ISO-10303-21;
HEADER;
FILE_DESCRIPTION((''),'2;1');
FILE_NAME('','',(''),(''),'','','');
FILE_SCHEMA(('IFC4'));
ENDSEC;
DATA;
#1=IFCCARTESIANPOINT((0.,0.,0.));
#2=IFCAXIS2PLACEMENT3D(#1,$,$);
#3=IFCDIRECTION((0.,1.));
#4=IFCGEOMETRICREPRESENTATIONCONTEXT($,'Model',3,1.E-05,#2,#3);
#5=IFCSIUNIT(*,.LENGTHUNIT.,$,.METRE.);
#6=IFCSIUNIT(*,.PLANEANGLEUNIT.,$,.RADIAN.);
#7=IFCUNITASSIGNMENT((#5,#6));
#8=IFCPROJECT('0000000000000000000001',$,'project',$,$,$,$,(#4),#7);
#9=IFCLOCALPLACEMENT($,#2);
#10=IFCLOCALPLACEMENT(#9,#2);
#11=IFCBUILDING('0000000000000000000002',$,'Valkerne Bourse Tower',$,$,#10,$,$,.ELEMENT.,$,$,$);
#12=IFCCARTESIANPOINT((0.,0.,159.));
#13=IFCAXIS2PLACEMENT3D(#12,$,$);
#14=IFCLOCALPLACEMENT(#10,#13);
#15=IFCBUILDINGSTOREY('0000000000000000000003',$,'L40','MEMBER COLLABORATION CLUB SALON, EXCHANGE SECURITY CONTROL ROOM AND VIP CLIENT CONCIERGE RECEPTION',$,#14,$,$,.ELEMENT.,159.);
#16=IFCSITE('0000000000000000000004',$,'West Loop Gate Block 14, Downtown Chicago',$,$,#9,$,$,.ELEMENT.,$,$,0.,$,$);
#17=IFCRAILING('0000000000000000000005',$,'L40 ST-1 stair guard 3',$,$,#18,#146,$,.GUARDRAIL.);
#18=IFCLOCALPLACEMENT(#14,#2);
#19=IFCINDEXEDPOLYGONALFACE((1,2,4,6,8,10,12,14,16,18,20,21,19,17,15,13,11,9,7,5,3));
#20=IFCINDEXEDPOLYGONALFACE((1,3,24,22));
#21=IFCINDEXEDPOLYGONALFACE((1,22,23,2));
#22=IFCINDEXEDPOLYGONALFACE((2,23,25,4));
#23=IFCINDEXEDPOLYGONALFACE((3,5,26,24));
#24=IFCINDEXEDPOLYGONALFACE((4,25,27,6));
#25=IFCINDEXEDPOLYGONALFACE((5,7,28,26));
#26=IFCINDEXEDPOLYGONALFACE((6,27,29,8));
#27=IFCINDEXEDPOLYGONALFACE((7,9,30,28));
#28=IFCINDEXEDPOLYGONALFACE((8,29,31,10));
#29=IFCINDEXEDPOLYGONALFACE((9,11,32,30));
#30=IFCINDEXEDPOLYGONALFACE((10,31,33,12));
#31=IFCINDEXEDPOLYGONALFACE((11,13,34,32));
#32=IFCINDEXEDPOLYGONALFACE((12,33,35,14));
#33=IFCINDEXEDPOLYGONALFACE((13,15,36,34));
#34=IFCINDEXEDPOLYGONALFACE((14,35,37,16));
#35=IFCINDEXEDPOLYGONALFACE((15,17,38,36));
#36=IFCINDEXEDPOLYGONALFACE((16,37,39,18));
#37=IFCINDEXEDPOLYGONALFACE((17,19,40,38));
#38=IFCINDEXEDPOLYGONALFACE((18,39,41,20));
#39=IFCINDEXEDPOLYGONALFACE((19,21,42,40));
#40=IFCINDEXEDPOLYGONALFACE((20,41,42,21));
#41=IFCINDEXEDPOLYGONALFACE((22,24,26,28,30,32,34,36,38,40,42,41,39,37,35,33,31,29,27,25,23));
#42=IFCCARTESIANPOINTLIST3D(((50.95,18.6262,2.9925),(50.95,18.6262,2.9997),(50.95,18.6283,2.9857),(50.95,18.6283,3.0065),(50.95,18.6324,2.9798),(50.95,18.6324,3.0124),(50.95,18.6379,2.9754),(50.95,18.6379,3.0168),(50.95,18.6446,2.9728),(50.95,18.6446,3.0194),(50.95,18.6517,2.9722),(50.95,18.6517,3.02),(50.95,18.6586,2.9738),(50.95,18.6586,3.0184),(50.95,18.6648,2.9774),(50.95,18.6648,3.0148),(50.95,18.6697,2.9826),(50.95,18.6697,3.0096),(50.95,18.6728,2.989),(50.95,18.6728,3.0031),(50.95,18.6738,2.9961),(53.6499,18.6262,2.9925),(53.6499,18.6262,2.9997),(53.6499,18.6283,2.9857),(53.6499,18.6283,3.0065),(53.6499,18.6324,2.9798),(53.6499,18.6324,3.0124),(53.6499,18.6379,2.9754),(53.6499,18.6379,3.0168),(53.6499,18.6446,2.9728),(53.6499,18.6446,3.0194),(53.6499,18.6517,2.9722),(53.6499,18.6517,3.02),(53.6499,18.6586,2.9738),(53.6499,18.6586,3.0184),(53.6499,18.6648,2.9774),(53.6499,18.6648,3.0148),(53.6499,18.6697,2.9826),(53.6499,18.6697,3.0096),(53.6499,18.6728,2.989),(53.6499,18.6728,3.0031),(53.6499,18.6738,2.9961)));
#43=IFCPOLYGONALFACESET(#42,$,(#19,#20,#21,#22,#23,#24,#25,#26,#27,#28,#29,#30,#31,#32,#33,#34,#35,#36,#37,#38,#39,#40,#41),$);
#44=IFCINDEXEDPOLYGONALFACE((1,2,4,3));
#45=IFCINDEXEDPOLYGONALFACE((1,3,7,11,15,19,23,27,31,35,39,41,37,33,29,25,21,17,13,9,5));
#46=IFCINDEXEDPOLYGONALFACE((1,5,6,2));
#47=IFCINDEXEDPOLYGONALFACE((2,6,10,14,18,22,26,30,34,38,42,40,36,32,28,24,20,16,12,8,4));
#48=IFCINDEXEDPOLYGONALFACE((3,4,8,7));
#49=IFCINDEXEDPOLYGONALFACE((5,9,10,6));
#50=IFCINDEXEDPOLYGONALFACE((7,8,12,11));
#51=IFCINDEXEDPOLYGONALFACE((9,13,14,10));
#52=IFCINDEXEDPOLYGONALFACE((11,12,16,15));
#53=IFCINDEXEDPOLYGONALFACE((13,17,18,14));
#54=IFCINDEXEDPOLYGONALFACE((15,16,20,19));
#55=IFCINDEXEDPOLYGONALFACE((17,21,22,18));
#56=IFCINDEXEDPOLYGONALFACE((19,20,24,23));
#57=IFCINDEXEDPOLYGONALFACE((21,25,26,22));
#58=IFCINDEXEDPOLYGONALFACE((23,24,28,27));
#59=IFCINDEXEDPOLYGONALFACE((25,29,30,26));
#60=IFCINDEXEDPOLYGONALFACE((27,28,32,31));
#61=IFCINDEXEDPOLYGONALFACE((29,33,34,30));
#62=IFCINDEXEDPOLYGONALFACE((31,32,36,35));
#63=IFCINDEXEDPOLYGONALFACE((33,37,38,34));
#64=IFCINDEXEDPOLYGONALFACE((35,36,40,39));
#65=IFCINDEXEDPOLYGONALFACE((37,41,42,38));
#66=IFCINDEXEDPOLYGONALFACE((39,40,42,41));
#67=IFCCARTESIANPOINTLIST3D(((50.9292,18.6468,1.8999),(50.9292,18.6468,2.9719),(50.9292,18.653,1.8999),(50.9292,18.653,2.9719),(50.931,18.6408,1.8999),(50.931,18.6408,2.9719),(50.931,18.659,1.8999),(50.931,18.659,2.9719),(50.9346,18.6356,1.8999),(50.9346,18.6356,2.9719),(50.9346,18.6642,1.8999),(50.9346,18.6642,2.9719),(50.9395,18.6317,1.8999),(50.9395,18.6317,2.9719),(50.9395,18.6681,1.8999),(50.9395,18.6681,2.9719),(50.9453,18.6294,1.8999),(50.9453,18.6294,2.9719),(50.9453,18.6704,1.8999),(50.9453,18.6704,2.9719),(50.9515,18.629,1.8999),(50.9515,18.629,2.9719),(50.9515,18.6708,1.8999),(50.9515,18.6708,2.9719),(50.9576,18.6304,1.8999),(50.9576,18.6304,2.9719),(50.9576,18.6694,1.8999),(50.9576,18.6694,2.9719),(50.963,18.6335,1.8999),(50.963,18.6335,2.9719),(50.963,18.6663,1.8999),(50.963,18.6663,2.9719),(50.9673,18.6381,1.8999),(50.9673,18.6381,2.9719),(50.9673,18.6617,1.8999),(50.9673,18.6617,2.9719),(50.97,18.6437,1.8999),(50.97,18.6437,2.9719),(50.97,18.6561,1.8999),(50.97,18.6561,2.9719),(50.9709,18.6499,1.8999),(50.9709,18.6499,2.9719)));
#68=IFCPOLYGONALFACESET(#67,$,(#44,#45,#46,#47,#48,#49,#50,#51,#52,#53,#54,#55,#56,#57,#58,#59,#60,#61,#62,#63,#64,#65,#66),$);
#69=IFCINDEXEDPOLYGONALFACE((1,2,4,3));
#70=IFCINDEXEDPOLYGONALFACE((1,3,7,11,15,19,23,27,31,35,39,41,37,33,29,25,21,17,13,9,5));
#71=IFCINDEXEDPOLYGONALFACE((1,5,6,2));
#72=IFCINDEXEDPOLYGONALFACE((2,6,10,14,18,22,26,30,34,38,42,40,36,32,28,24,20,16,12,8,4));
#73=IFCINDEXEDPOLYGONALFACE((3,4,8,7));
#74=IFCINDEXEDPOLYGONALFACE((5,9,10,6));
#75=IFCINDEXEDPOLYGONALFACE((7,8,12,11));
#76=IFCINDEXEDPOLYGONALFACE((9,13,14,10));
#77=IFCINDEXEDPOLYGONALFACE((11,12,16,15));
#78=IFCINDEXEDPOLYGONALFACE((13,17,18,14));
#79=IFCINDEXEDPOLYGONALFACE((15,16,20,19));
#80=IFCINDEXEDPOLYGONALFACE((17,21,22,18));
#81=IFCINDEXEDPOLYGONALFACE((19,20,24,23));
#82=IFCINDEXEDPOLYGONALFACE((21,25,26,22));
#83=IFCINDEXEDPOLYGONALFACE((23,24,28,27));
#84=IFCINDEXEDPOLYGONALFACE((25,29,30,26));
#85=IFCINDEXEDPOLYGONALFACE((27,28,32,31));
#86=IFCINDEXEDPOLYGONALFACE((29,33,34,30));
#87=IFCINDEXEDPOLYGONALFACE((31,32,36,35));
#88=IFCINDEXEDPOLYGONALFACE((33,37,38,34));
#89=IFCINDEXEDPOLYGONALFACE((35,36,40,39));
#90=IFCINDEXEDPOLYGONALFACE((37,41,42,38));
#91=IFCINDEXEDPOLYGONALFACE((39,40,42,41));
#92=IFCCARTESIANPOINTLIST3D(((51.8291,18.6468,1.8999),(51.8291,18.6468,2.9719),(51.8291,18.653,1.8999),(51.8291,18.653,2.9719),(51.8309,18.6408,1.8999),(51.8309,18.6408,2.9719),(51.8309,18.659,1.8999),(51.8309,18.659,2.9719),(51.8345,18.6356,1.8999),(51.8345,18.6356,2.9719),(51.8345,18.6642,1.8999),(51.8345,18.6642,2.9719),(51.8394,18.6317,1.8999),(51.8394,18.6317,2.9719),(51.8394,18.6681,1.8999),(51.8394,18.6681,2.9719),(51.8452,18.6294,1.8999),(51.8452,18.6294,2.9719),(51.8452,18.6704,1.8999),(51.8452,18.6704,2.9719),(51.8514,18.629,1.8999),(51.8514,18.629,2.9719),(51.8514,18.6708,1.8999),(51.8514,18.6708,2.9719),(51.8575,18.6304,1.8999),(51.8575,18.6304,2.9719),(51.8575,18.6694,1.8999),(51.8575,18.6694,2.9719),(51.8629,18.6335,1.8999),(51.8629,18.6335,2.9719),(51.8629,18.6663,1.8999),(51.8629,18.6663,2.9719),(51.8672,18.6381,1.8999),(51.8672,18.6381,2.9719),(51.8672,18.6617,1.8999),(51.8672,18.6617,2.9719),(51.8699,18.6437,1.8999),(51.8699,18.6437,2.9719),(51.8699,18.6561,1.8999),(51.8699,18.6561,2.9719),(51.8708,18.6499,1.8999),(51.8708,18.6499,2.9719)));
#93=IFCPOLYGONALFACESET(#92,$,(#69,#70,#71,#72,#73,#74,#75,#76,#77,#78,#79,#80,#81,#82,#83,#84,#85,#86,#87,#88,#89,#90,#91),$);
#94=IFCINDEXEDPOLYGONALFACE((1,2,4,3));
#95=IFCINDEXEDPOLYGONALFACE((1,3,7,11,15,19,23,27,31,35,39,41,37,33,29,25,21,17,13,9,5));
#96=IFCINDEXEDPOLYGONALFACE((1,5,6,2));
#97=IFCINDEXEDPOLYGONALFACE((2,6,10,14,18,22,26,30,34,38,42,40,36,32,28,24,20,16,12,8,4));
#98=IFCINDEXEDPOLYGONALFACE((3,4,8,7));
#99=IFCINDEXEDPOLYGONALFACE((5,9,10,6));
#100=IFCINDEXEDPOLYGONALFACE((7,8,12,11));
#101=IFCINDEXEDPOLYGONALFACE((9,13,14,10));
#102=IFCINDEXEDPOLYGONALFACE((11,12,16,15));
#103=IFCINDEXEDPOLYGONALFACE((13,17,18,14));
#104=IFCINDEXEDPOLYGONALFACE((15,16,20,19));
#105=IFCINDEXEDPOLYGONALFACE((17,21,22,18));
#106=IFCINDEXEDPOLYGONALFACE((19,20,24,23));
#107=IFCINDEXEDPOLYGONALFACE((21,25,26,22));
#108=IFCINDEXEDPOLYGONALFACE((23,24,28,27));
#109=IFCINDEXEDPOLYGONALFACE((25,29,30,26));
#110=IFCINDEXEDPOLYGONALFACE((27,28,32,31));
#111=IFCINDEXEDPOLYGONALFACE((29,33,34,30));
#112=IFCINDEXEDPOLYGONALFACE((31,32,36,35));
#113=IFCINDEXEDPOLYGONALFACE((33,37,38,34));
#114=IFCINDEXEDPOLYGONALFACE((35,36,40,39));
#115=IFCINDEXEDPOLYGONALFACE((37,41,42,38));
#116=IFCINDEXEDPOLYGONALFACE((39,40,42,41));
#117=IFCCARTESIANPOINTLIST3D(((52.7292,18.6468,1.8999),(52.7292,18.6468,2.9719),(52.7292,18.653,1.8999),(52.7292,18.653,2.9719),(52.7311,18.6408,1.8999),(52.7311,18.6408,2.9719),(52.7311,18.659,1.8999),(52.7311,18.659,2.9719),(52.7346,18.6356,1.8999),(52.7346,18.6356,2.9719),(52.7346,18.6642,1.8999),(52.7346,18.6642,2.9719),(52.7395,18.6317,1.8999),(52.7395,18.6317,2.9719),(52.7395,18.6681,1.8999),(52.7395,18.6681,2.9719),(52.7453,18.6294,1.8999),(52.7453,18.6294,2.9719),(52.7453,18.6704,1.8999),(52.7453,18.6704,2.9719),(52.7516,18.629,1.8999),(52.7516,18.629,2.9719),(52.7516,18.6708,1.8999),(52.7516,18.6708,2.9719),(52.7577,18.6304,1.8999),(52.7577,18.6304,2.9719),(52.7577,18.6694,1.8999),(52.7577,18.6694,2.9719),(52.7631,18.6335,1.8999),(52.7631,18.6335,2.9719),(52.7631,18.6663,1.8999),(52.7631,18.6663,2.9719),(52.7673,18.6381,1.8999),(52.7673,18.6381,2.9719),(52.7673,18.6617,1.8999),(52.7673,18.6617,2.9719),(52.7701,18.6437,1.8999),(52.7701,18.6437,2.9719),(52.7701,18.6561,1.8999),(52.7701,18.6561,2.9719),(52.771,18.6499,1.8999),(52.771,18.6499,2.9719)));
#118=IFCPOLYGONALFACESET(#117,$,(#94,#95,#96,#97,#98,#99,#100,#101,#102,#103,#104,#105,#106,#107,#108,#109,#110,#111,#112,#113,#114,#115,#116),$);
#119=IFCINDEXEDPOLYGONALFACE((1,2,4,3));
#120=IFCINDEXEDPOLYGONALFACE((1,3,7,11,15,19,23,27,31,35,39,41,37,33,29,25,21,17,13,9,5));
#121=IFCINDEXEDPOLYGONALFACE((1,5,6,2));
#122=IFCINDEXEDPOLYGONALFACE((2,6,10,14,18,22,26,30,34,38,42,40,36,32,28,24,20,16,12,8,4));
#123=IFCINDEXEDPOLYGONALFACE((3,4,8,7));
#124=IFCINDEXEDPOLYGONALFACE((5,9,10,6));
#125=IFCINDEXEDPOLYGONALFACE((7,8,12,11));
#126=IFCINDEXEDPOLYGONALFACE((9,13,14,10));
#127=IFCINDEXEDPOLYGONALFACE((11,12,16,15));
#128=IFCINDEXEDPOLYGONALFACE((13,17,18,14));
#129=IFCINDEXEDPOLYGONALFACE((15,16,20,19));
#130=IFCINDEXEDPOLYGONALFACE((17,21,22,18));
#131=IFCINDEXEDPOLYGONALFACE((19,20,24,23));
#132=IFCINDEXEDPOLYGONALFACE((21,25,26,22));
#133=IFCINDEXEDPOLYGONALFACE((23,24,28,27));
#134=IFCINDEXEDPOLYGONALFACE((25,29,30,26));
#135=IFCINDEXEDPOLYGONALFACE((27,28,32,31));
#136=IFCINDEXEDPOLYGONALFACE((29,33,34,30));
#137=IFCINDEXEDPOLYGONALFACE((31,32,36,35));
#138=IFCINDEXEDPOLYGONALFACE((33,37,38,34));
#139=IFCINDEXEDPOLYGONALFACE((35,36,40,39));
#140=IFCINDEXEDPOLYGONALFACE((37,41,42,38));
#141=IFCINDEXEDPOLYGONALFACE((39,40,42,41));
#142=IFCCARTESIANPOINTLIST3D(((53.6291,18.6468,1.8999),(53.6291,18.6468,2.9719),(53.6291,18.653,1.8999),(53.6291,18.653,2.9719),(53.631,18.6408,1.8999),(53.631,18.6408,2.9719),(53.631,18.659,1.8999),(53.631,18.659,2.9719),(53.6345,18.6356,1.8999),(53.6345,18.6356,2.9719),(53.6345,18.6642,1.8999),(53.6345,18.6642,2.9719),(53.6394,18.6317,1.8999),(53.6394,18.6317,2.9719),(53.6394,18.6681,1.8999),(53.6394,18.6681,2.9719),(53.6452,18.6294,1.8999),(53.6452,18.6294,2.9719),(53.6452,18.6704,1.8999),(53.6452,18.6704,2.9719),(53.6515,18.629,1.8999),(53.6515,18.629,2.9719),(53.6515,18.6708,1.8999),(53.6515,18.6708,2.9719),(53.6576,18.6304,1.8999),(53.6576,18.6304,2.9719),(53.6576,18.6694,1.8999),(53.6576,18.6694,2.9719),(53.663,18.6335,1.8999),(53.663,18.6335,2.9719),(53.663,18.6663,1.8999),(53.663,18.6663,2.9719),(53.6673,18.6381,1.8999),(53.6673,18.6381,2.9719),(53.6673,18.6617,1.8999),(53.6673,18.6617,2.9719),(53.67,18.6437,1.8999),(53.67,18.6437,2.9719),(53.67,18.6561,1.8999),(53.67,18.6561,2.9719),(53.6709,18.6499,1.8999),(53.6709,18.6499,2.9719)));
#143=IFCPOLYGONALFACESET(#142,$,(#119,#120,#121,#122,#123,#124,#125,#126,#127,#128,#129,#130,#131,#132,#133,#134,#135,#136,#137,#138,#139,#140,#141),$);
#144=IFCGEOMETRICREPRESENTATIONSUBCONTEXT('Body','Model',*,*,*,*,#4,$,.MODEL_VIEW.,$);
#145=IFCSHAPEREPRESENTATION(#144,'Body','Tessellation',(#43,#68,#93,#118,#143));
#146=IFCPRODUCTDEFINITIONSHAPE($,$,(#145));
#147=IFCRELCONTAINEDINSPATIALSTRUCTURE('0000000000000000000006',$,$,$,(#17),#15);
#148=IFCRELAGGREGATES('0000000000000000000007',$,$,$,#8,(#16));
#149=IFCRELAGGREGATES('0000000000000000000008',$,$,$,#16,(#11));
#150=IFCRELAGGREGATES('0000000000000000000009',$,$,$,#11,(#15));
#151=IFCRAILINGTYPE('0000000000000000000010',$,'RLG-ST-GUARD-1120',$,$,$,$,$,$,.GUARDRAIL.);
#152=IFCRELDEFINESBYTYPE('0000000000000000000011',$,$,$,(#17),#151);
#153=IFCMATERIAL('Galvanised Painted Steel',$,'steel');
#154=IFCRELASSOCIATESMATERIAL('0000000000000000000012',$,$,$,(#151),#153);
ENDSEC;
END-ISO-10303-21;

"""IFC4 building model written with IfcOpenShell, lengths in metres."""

from ifc_helpers import new_model, si_unit, direction, frame, origin, origin_2d, place, context, subcontext, project, spatial, circle, extrude, material, type_object, element, save


model = new_model("IFC4")

# Units and contexts
model_context = context("Model", 3, precision=1e-05, world=origin(), true_north=direction((0.0, 1.0)))
body_context = subcontext(model_context, "Body", "Model", "MODEL_VIEW")
ifc_project = project(units=[si_unit("LENGTHUNIT", "METRE"), si_unit("PLANEANGLEUNIT", "RADIAN")], contexts=[model_context])

# Site, building, storey
site_placement = place(None, origin())
site = spatial("IfcSite", under=ifc_project, at=site_placement, Name="West Loop Gate Block 14, Downtown Chicago", CompositionType="ELEMENT", RefElevation=0.0)
building_placement = place(site_placement, origin())
building = spatial("IfcBuilding", under=site, at=building_placement, Name="Valkerne Bourse Tower", CompositionType="ELEMENT")
storey_placement = place(building_placement, frame((0.0, 0.0, 159.0)))
storey = spatial("IfcBuildingStorey", under=building, at=storey_placement, Name="L40", Description="MEMBER COLLABORATION CLUB SALON, EXCHANGE SECURITY CONTROL ROOM AND VIP CLIENT CONCIERGE RECEPTION", CompositionType="ELEMENT", Elevation=159.0)

# Shared definitions
ifc_material_1 = material(Name="Galvanised Painted Steel", Category="steel")

# Railing
railing_type_1 = type_object("IfcRailingType", Name="RLG-ST-GUARD-1120", PredefinedType="GUARDRAIL", material=ifc_material_1)
for number, where, name in (
    (1, (50.95, 18.6499, 1.8999), "L40 ST-1 stair guard 3"),
):
    element("IfcRailing", number, at=place(storey_placement, frame(where)), inside=storey, type_object=railing_type_1, Name=name, PredefinedType="GUARDRAIL", context=body_context, shape_type="SweptSolid", body=[
        extrude(circle(Radius=0.0239, at=origin_2d()), frame((0.0, 0.0, 1.0962), z_axis=(1.0, 0.0, 0.0), x_axis=(0.0, 1.0, 0.0)), (0.0, 0.0, 1.0), 2.7),
        extrude(circle(Radius=0.021, at=origin_2d()), origin(), (0.0, 0.0, 1.0), 1.072),
        extrude(circle(Radius=0.021, at=origin_2d()), frame((0.8999, 0.0, 0.0)), (0.0, 0.0, 1.0), 1.072),
        extrude(circle(Radius=0.021, at=origin_2d()), frame((1.8, 0.0, 0.0)), (0.0, 0.0, 1.0), 1.072),
        extrude(circle(Radius=0.021, at=origin_2d()), frame((2.7, 0.0, 0.0)), (0.0, 0.0, 1.0), 1.072),
    ])

save(model, "model.ifc")
